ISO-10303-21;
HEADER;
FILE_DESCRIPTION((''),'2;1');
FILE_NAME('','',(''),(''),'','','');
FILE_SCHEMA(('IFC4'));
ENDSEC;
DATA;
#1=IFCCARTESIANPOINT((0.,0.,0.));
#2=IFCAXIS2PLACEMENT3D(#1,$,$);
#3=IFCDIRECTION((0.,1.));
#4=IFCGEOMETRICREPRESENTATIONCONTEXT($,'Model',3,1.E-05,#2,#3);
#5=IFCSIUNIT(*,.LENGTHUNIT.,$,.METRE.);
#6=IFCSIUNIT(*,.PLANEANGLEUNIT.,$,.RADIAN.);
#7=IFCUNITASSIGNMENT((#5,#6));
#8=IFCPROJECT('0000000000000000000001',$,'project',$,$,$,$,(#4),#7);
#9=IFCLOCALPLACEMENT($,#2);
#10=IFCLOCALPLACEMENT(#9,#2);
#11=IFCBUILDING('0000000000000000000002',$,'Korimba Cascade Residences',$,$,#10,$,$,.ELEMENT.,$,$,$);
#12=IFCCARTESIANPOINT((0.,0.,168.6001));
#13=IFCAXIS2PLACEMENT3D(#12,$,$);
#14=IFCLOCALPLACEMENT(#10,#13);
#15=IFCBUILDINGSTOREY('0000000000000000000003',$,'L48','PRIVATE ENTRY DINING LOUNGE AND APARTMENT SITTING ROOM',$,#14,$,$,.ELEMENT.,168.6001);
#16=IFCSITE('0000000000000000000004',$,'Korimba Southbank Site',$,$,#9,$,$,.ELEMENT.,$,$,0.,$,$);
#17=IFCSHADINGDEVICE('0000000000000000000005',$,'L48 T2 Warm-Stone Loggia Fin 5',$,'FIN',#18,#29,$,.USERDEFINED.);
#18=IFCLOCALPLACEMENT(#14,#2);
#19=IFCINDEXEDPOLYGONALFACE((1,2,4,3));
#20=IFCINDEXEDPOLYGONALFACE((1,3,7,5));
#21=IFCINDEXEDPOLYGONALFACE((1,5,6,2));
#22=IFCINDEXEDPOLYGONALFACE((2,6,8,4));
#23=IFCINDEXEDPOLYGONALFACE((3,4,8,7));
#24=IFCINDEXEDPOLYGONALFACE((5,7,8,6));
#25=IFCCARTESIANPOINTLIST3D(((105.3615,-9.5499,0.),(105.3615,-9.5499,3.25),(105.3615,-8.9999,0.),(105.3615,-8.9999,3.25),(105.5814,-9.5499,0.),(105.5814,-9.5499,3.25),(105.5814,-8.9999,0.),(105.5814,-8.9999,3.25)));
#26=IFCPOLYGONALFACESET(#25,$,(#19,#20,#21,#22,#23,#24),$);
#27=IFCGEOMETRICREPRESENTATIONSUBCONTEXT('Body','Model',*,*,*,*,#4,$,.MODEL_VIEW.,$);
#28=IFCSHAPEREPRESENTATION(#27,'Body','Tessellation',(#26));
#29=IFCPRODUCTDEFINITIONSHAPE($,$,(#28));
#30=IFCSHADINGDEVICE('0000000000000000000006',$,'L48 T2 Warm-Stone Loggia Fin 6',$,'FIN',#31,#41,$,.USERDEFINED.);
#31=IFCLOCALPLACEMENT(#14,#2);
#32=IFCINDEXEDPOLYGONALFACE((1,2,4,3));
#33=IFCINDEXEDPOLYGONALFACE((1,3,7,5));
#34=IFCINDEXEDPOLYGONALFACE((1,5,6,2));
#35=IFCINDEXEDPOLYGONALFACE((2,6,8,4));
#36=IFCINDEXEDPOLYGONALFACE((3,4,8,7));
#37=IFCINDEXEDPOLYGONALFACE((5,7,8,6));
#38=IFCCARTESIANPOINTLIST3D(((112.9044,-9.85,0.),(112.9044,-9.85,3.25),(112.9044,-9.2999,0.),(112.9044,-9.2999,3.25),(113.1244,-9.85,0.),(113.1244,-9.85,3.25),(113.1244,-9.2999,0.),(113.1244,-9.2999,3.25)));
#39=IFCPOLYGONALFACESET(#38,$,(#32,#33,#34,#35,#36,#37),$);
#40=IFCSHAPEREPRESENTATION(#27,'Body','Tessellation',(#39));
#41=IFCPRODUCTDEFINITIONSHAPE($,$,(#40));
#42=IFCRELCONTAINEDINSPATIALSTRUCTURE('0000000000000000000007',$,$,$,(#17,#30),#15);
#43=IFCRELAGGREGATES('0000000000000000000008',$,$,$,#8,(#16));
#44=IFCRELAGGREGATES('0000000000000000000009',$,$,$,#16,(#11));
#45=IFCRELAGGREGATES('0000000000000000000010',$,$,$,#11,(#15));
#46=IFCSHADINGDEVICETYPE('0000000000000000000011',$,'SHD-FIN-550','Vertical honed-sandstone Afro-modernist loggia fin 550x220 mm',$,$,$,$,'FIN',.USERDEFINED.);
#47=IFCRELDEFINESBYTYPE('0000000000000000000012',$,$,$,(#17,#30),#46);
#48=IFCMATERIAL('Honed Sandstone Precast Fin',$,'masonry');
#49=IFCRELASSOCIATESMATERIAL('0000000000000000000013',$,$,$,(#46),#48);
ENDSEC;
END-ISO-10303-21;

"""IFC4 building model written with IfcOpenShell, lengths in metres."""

from ifc_helpers import new_model, si_unit, direction, frame, origin, origin_2d, place, context, subcontext, project, spatial, rectangle, extrude, material, type_object, element, save


model = new_model("IFC4")

# Units and contexts
model_context = context("Model", 3, precision=1e-05, world=origin(), true_north=direction((0.0, 1.0)))
body_context = subcontext(model_context, "Body", "Model", "MODEL_VIEW")
ifc_project = project(units=[si_unit("LENGTHUNIT", "METRE"), si_unit("PLANEANGLEUNIT", "RADIAN")], contexts=[model_context])

# Site, building, storey
site_placement = place(None, origin())
site = spatial("IfcSite", under=ifc_project, at=site_placement, Name="Korimba Southbank Site", CompositionType="ELEMENT", RefElevation=0.0)
building_placement = place(site_placement, origin())
building = spatial("IfcBuilding", under=site, at=building_placement, Name="Korimba Cascade Residences", CompositionType="ELEMENT")
storey_placement = place(building_placement, frame((0.0, 0.0, 168.6001)))
storey = spatial("IfcBuildingStorey", under=building, at=storey_placement, Name="L48", Description="PRIVATE ENTRY DINING LOUNGE AND APARTMENT SITTING ROOM", CompositionType="ELEMENT", Elevation=168.6001)

# Shading devices
ifc_material_1 = material(Name="Honed Sandstone Precast Fin", Category="masonry")
shading_device_type = type_object("IfcShadingDeviceType", Name="SHD-FIN-550", Description="Vertical honed-sandstone Afro-modernist loggia fin 550x220 mm", ElementType="FIN", PredefinedType="USERDEFINED", material=ifc_material_1)
for number, where, z_axis, x_axis, name in (
    (1, (105.4714, -9.2749, 0.0), (0.0, 0.0, 1.0), (1.0, 0.0, 0.0), "L48 T2 Warm-Stone Loggia Fin 5"),
    (2, (113.0144, -9.575, 0.0), (0.0, 0.0, 1.0), (1.0, 0.0, 0.0), "L48 T2 Warm-Stone Loggia Fin 6"),
):
    element("IfcShadingDevice", number, at=place(storey_placement, frame(where, z_axis=z_axis, x_axis=x_axis)), inside=storey, type_object=shading_device_type, Name=name, ObjectType="FIN", PredefinedType="USERDEFINED", context=body_context, shape_type="SweptSolid", body=[
        extrude(rectangle(XDim=0.22, YDim=0.55, at=origin_2d()), origin(), (0.0, 0.0, 1.0), 3.25),
    ])

save(model, "model.ifc")
